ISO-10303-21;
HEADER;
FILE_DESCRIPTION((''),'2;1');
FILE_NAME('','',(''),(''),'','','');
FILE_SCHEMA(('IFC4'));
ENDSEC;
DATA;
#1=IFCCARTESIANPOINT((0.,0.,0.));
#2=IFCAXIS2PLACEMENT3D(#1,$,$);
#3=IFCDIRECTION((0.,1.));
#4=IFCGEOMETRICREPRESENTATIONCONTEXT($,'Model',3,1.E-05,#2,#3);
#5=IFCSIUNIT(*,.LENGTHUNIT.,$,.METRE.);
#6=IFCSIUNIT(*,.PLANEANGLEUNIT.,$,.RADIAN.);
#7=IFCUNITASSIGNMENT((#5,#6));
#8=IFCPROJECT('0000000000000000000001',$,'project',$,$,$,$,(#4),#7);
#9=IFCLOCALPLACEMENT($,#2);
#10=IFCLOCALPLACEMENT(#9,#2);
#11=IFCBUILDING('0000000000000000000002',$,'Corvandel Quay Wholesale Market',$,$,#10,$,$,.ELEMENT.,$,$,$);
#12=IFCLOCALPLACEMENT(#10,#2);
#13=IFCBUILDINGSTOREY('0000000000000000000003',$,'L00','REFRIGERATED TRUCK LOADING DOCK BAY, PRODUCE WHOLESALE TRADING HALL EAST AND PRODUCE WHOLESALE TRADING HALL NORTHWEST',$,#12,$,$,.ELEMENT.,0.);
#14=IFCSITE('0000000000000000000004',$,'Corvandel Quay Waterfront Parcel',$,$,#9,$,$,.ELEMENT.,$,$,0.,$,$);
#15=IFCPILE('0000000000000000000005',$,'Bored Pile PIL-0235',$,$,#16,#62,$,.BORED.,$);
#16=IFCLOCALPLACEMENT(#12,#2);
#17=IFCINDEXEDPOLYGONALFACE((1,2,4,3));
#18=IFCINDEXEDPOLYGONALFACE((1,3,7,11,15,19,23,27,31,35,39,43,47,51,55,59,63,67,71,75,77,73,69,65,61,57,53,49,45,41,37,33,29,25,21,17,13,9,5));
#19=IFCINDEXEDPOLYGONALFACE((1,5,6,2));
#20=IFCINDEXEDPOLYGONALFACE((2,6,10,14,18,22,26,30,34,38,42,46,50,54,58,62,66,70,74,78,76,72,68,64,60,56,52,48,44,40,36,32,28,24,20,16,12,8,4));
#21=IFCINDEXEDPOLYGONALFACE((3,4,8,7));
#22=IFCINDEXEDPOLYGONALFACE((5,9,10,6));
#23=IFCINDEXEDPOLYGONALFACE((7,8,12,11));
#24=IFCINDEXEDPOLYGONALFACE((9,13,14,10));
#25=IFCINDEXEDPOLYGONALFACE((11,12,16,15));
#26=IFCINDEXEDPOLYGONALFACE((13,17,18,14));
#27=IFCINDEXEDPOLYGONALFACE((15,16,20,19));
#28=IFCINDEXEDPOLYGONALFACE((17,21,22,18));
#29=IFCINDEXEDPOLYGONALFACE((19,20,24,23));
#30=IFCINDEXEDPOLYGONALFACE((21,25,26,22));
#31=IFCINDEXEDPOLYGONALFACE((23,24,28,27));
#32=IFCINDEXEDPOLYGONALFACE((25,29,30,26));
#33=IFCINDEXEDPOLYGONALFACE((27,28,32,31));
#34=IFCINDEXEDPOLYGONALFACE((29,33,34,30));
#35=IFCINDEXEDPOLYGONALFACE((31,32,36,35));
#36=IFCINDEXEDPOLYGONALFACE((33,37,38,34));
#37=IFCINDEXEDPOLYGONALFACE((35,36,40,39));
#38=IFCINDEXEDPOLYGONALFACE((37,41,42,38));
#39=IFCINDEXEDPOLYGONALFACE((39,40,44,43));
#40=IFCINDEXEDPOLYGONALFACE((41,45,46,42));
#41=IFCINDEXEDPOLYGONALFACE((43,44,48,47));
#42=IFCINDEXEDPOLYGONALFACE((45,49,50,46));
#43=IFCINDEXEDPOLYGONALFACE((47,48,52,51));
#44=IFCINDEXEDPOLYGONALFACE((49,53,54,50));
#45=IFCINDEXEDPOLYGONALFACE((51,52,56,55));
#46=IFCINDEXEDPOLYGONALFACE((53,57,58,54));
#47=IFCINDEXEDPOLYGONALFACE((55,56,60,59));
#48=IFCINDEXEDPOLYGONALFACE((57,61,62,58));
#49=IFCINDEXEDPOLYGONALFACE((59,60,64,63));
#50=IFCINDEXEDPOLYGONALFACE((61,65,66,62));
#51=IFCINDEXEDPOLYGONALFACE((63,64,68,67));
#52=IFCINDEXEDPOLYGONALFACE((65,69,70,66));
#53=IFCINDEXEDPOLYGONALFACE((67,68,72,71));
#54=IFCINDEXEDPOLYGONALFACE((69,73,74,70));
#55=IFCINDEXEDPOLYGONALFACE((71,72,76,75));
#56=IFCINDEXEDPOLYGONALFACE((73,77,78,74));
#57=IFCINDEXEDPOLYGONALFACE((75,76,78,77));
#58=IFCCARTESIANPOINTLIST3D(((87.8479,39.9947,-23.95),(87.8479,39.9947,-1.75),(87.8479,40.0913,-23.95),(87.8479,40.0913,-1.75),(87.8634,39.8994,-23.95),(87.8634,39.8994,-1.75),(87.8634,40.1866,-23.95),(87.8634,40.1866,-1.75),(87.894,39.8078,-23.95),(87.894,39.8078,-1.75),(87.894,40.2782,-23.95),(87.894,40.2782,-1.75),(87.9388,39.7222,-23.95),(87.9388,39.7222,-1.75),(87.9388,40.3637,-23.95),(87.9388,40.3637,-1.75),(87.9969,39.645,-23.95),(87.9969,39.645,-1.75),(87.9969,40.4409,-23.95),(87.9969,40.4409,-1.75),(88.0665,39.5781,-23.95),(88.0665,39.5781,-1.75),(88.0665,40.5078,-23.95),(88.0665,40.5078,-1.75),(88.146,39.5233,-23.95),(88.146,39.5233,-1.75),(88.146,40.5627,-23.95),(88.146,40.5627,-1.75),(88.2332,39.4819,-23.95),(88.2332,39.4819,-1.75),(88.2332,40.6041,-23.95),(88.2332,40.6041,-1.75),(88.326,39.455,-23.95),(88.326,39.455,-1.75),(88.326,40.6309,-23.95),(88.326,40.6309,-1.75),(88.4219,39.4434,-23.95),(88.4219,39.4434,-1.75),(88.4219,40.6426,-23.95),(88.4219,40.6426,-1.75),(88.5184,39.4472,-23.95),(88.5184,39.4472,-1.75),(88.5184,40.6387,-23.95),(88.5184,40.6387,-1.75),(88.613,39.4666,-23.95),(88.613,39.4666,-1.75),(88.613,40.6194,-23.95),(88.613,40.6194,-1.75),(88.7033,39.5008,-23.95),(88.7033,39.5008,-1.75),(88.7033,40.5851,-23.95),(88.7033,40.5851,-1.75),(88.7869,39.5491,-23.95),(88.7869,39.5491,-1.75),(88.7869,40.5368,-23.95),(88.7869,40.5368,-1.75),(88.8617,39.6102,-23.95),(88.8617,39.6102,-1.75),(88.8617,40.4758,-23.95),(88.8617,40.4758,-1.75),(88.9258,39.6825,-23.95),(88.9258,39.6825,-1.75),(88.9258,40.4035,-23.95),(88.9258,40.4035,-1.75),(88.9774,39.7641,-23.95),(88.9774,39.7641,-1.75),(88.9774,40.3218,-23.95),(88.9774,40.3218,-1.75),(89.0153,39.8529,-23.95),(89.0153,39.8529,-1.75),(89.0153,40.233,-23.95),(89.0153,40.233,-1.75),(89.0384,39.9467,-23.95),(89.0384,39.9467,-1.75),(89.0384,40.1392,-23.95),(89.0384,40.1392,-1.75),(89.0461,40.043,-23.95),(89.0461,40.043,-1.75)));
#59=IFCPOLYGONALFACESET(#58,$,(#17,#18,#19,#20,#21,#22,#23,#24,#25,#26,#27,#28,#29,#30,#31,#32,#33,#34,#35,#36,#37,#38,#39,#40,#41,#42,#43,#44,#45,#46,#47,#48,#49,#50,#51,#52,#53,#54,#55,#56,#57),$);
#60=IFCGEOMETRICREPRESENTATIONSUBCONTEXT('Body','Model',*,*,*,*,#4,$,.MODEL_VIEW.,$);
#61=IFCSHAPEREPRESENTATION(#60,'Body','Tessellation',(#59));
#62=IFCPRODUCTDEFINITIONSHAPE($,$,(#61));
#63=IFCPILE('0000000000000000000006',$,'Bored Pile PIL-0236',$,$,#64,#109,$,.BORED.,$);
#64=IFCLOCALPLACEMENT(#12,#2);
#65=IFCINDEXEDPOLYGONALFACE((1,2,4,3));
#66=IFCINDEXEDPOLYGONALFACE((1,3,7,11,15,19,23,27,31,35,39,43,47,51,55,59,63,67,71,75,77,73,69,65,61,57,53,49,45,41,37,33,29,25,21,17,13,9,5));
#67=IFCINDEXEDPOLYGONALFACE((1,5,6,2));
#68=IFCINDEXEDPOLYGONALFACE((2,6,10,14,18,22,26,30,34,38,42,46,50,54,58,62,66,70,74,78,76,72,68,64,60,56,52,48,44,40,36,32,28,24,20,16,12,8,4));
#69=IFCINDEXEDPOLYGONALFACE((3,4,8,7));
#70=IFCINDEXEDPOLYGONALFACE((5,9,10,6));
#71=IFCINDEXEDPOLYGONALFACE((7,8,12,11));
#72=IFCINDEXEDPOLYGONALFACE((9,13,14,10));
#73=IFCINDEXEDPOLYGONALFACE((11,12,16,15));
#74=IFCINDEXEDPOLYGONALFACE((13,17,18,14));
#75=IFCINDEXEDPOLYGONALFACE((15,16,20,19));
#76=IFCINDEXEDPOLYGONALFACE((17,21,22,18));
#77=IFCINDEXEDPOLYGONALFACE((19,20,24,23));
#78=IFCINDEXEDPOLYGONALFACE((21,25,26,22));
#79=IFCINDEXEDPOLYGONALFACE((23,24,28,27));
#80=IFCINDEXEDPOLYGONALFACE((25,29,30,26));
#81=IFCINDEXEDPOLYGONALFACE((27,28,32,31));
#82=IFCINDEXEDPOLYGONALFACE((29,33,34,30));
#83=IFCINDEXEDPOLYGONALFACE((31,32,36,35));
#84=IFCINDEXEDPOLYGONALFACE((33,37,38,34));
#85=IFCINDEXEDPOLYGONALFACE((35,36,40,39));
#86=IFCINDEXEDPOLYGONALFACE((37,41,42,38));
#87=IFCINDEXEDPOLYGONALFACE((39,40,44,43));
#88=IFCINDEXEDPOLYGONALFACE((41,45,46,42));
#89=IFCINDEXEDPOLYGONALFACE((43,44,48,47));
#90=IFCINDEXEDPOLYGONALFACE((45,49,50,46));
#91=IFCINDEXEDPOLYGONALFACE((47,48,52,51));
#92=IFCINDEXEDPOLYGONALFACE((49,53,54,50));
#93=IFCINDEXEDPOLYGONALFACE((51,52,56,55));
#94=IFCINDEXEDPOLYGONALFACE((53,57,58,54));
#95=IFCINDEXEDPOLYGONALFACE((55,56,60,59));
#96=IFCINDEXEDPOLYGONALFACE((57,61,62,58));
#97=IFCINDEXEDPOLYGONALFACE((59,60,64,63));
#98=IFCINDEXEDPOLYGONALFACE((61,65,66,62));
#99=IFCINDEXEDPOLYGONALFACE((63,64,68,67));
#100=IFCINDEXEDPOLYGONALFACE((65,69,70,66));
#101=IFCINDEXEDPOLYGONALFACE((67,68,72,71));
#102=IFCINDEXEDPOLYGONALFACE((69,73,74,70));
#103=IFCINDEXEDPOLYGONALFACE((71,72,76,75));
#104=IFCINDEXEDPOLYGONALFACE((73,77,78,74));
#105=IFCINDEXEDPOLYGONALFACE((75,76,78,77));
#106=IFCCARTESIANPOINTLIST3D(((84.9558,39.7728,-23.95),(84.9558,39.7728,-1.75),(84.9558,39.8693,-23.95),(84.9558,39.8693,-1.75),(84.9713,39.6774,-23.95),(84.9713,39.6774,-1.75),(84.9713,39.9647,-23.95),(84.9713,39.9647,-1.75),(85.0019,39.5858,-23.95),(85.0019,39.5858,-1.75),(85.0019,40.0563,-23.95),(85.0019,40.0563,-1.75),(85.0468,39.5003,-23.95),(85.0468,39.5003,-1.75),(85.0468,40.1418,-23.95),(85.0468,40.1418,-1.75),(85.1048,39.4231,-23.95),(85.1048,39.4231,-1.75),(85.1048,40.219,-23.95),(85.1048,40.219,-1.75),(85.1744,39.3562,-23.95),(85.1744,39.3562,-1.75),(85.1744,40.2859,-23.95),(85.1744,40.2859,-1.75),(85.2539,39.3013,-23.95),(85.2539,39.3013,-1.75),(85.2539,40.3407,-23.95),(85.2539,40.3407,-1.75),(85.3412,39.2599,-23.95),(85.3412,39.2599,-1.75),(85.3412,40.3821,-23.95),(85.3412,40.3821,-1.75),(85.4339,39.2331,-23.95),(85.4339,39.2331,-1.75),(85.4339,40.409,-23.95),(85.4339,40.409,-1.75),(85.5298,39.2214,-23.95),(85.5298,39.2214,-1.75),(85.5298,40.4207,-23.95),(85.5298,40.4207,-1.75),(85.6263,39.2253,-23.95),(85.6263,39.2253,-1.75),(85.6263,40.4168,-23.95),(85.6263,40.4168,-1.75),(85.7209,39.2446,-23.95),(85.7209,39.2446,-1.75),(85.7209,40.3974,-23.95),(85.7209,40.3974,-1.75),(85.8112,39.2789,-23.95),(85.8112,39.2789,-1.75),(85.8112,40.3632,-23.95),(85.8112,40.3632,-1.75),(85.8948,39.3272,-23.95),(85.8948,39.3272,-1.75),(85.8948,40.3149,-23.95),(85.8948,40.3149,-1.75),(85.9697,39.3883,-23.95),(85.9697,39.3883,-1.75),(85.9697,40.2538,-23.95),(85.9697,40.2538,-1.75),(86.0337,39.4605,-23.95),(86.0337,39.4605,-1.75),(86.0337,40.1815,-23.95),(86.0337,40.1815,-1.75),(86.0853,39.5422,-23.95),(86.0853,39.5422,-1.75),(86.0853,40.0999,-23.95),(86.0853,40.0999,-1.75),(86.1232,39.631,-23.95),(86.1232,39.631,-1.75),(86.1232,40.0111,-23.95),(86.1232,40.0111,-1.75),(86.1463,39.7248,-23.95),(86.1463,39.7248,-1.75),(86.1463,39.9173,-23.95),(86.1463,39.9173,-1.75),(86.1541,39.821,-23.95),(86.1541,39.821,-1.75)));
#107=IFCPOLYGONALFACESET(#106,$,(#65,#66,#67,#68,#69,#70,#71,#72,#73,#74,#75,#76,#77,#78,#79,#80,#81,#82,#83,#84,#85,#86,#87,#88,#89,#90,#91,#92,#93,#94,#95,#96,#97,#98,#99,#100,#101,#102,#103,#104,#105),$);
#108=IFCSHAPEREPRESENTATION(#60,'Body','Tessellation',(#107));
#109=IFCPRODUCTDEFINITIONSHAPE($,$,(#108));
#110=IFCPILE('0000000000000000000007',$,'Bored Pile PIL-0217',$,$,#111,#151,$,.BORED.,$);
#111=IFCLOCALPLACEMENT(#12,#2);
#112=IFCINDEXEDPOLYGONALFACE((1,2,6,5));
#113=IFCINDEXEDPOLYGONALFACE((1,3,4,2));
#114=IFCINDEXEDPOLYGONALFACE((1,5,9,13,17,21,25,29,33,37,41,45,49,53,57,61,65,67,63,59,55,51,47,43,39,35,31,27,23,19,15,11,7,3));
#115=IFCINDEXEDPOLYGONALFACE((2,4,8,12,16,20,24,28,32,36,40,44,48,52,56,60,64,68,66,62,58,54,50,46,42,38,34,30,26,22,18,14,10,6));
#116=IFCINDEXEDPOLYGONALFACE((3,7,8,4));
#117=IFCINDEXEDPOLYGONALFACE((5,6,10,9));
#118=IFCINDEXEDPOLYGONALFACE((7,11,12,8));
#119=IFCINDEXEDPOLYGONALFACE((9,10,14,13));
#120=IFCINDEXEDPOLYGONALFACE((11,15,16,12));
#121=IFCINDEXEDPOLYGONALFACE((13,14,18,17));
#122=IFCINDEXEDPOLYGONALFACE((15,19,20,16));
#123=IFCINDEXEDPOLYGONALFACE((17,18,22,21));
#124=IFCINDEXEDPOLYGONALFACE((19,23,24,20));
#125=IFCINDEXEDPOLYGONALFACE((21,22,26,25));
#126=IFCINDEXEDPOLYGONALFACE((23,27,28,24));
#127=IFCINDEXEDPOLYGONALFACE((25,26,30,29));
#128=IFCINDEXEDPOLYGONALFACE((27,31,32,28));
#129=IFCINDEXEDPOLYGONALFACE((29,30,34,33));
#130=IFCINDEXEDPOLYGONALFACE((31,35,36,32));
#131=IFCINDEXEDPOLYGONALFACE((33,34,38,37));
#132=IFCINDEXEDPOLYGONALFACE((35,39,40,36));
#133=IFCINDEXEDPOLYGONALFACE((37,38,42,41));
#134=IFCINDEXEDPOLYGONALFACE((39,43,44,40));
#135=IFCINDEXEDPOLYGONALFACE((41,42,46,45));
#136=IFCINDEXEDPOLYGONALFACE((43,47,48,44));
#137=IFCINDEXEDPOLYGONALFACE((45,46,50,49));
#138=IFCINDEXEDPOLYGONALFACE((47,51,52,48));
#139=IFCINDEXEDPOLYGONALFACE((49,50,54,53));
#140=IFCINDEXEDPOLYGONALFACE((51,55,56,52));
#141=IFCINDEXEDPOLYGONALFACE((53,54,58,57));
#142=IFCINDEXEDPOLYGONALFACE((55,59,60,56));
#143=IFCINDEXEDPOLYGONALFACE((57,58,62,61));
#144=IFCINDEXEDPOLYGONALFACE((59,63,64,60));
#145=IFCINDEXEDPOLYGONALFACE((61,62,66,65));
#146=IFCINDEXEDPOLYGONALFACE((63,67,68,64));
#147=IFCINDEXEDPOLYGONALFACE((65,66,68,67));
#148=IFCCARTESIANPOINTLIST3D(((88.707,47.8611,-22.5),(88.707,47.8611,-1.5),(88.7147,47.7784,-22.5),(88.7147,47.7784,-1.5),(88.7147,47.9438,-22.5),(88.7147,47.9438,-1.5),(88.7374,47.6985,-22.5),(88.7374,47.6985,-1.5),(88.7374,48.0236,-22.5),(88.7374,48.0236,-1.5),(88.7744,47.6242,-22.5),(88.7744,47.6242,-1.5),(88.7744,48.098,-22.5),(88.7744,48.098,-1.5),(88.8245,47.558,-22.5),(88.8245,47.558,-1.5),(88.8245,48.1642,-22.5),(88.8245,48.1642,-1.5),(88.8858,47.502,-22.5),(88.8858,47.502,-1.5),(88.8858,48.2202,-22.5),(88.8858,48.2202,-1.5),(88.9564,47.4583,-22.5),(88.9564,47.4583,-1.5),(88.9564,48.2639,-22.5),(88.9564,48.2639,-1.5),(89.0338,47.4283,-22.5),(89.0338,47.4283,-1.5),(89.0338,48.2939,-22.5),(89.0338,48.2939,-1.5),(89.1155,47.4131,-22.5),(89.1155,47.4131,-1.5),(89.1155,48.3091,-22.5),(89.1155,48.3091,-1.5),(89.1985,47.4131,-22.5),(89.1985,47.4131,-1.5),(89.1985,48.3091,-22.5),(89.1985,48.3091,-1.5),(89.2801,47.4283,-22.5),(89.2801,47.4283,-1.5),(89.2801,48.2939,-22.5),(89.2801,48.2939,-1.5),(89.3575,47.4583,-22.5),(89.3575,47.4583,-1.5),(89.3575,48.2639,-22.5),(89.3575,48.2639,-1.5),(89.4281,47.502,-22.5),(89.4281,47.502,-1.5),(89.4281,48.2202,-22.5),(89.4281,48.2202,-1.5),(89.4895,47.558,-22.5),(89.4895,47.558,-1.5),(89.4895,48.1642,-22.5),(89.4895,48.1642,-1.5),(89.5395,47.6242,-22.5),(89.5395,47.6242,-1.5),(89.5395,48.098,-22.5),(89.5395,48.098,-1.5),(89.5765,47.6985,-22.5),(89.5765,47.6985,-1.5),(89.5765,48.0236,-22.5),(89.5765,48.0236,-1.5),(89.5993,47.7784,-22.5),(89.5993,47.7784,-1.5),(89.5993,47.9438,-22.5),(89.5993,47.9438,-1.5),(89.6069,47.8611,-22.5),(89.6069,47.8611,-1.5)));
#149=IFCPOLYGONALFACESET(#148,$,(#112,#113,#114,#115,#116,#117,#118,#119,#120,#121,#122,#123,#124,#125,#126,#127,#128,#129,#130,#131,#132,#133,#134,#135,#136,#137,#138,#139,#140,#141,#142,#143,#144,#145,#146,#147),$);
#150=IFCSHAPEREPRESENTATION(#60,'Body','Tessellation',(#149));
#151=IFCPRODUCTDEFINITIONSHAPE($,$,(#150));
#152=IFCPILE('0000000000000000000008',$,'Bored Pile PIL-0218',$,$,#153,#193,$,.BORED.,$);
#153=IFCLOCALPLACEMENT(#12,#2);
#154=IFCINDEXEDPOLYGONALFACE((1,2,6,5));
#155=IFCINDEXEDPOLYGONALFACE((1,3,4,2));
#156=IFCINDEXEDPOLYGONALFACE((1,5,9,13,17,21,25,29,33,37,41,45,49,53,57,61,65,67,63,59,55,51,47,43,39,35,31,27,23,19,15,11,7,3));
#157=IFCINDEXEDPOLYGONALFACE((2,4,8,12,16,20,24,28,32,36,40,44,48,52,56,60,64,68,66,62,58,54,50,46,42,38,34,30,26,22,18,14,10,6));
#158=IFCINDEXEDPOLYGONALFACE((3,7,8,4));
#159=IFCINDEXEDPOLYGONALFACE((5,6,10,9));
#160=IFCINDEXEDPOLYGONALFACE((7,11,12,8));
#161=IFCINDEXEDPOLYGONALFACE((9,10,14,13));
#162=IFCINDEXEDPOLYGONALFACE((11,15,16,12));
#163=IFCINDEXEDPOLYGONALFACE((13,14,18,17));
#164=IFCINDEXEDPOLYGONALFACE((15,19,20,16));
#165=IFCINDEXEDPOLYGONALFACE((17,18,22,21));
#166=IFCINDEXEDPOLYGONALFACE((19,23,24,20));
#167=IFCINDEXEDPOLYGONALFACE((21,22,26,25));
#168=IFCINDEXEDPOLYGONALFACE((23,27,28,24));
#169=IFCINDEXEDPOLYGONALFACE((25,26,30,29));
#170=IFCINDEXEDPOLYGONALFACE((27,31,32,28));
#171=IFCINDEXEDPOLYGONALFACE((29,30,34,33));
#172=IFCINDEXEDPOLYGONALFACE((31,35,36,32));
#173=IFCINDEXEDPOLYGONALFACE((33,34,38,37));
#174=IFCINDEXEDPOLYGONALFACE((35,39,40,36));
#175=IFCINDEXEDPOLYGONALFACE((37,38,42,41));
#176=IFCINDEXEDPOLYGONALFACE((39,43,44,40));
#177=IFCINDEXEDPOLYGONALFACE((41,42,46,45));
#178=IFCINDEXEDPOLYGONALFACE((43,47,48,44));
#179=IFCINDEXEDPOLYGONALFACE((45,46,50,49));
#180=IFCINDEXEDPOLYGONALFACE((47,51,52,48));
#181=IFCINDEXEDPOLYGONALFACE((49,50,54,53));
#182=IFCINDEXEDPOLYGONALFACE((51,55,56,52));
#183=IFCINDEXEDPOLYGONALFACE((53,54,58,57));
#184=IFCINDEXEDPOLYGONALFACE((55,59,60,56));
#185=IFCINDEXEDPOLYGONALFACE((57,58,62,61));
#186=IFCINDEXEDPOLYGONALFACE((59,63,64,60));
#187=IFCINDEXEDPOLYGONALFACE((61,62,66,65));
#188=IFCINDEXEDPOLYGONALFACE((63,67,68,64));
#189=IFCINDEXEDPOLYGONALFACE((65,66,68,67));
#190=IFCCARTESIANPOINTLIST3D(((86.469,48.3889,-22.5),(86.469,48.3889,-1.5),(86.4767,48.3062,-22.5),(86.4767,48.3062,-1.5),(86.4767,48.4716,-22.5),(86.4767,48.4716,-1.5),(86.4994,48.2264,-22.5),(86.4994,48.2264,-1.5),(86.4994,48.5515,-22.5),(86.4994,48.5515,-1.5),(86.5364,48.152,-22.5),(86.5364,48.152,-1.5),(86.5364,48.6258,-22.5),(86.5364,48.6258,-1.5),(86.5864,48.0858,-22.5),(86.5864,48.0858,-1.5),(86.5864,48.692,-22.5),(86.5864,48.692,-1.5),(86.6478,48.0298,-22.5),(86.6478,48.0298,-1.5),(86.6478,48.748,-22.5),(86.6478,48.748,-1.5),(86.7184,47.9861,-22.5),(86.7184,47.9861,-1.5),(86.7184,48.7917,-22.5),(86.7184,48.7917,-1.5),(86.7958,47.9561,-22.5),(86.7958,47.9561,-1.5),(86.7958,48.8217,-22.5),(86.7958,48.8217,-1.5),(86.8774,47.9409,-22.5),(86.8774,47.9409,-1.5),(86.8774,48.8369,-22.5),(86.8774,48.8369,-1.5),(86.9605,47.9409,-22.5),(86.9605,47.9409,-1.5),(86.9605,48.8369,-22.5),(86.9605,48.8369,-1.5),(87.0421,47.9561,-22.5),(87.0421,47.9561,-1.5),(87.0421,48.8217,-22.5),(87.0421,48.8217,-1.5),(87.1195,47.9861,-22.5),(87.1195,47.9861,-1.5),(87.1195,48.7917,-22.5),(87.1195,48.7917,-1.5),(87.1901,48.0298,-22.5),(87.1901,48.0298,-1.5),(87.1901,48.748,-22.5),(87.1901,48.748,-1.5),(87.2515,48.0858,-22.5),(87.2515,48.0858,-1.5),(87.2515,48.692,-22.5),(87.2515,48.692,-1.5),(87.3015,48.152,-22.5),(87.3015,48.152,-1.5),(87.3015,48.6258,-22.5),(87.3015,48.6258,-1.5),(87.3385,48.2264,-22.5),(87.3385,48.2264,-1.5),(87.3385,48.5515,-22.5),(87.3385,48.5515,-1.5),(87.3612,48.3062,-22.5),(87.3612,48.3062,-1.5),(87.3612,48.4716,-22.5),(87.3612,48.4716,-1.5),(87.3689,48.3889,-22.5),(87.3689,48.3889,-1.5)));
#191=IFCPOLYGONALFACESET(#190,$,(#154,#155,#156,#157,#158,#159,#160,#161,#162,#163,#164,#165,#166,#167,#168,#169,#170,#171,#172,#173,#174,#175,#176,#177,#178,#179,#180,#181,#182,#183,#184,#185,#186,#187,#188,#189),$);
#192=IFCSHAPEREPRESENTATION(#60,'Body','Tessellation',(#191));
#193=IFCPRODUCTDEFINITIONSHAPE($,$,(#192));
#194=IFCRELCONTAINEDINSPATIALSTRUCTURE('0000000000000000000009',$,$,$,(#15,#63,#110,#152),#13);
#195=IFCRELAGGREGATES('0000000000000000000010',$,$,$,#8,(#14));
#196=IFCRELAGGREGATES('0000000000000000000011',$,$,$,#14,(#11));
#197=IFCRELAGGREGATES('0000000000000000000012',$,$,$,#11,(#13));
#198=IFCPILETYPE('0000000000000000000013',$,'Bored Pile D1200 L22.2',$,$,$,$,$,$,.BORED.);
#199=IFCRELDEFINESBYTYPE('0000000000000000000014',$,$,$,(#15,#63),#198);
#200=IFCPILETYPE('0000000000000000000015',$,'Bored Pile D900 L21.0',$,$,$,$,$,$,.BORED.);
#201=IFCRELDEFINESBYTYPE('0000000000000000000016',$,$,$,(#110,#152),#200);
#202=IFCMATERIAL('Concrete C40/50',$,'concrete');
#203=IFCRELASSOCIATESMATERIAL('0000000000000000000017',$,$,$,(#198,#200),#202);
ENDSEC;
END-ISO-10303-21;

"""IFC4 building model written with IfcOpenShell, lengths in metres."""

from ifc_helpers import new_model, si_unit, direction, frame, origin, origin_2d, place, context, subcontext, project, spatial, circle, extrude, material, material_profile, profile_set, type_object, element, save


model = new_model("IFC4")

# Units and contexts
model_context = context("Model", 3, precision=1e-05, world=origin(), true_north=direction((0.0, 1.0)))
body_context = subcontext(model_context, "Body", "Model", "MODEL_VIEW")
ifc_project = project(units=[si_unit("LENGTHUNIT", "METRE"), si_unit("PLANEANGLEUNIT", "RADIAN")], contexts=[model_context])

# Site, building, storey
site_placement = place(None, origin())
site = spatial("IfcSite", under=ifc_project, at=site_placement, Name="Corvandel Quay Waterfront Parcel", CompositionType="ELEMENT", RefElevation=0.0)
building_placement = place(site_placement, origin())
building = spatial("IfcBuilding", under=site, at=building_placement, Name="Corvandel Quay Wholesale Market", CompositionType="ELEMENT")
storey_placement = place(building_placement, origin())
storey = spatial("IfcBuildingStorey", under=building, at=storey_placement, Name="L00", Description="REFRIGERATED TRUCK LOADING DOCK BAY, PRODUCE WHOLESALE TRADING HALL EAST AND PRODUCE WHOLESALE TRADING HALL NORTHWEST", CompositionType="ELEMENT", Elevation=0.0)

# Piles
ifc_material_1 = material(Name="Concrete C40/50", Category="concrete")
ifc_material_profile_1 = material_profile(ifc_material_1, circle(Radius=0.6001, at=origin_2d()), Name="RC-PILE-D1200")
ifc_profile_set_1 = profile_set([ifc_material_profile_1], Name="Concrete C40/50")
pile_type_1 = type_object("IfcPileType", Name="Bored Pile D1200 L22.2", PredefinedType="BORED", material=ifc_profile_set_1)
for number, where, z_axis, x_axis, name in (
    (1, (88.446, 40.043, -1.75), (0.0, 0.0, -1.0), (1.0, 0.0, 0.0), "Bored Pile PIL-0235"),
    (2, (85.554, 39.821, -1.75), (0.0, 0.0, -1.0), (1.0, 0.0, 0.0), "Bored Pile PIL-0236"),
):
    element("IfcPile", number, at=place(storey_placement, frame(where, z_axis=z_axis, x_axis=x_axis)), inside=storey, type_object=pile_type_1, Name=name, PredefinedType="BORED", context=body_context, shape_type="SweptSolid", body=[
        extrude(circle(Radius=0.6001, at=origin_2d()), origin(), (0.0, 0.0, 1.0), 22.2),
    ])
ifc_material_profile_2 = material_profile(ifc_material_1, circle(Radius=0.45, at=origin_2d()), Name="RC-PILE-D900")
ifc_profile_set_2 = profile_set([ifc_material_profile_2], Name="Concrete C40/50")
pile_type_2 = type_object("IfcPileType", Name="Bored Pile D900 L21.0", PredefinedType="BORED", material=ifc_profile_set_2)
for number, where, z_axis, x_axis, name in (
    (3, (89.157, 47.8611, -1.5), (0.0, 0.0, -1.0), (1.0, 0.0, 0.0), "Bored Pile PIL-0217"),
    (4, (86.9189, 48.3889, -1.5), (0.0, 0.0, -1.0), (1.0, 0.0, 0.0), "Bored Pile PIL-0218"),
):
    element("IfcPile", number, at=place(storey_placement, frame(where, z_axis=z_axis, x_axis=x_axis)), inside=storey, type_object=pile_type_2, Name=name, PredefinedType="BORED", context=body_context, shape_type="SweptSolid", body=[
        extrude(circle(Radius=0.45, at=origin_2d()), origin(), (0.0, 0.0, 1.0), 21.0),
    ])

save(model, "model.ifc")
